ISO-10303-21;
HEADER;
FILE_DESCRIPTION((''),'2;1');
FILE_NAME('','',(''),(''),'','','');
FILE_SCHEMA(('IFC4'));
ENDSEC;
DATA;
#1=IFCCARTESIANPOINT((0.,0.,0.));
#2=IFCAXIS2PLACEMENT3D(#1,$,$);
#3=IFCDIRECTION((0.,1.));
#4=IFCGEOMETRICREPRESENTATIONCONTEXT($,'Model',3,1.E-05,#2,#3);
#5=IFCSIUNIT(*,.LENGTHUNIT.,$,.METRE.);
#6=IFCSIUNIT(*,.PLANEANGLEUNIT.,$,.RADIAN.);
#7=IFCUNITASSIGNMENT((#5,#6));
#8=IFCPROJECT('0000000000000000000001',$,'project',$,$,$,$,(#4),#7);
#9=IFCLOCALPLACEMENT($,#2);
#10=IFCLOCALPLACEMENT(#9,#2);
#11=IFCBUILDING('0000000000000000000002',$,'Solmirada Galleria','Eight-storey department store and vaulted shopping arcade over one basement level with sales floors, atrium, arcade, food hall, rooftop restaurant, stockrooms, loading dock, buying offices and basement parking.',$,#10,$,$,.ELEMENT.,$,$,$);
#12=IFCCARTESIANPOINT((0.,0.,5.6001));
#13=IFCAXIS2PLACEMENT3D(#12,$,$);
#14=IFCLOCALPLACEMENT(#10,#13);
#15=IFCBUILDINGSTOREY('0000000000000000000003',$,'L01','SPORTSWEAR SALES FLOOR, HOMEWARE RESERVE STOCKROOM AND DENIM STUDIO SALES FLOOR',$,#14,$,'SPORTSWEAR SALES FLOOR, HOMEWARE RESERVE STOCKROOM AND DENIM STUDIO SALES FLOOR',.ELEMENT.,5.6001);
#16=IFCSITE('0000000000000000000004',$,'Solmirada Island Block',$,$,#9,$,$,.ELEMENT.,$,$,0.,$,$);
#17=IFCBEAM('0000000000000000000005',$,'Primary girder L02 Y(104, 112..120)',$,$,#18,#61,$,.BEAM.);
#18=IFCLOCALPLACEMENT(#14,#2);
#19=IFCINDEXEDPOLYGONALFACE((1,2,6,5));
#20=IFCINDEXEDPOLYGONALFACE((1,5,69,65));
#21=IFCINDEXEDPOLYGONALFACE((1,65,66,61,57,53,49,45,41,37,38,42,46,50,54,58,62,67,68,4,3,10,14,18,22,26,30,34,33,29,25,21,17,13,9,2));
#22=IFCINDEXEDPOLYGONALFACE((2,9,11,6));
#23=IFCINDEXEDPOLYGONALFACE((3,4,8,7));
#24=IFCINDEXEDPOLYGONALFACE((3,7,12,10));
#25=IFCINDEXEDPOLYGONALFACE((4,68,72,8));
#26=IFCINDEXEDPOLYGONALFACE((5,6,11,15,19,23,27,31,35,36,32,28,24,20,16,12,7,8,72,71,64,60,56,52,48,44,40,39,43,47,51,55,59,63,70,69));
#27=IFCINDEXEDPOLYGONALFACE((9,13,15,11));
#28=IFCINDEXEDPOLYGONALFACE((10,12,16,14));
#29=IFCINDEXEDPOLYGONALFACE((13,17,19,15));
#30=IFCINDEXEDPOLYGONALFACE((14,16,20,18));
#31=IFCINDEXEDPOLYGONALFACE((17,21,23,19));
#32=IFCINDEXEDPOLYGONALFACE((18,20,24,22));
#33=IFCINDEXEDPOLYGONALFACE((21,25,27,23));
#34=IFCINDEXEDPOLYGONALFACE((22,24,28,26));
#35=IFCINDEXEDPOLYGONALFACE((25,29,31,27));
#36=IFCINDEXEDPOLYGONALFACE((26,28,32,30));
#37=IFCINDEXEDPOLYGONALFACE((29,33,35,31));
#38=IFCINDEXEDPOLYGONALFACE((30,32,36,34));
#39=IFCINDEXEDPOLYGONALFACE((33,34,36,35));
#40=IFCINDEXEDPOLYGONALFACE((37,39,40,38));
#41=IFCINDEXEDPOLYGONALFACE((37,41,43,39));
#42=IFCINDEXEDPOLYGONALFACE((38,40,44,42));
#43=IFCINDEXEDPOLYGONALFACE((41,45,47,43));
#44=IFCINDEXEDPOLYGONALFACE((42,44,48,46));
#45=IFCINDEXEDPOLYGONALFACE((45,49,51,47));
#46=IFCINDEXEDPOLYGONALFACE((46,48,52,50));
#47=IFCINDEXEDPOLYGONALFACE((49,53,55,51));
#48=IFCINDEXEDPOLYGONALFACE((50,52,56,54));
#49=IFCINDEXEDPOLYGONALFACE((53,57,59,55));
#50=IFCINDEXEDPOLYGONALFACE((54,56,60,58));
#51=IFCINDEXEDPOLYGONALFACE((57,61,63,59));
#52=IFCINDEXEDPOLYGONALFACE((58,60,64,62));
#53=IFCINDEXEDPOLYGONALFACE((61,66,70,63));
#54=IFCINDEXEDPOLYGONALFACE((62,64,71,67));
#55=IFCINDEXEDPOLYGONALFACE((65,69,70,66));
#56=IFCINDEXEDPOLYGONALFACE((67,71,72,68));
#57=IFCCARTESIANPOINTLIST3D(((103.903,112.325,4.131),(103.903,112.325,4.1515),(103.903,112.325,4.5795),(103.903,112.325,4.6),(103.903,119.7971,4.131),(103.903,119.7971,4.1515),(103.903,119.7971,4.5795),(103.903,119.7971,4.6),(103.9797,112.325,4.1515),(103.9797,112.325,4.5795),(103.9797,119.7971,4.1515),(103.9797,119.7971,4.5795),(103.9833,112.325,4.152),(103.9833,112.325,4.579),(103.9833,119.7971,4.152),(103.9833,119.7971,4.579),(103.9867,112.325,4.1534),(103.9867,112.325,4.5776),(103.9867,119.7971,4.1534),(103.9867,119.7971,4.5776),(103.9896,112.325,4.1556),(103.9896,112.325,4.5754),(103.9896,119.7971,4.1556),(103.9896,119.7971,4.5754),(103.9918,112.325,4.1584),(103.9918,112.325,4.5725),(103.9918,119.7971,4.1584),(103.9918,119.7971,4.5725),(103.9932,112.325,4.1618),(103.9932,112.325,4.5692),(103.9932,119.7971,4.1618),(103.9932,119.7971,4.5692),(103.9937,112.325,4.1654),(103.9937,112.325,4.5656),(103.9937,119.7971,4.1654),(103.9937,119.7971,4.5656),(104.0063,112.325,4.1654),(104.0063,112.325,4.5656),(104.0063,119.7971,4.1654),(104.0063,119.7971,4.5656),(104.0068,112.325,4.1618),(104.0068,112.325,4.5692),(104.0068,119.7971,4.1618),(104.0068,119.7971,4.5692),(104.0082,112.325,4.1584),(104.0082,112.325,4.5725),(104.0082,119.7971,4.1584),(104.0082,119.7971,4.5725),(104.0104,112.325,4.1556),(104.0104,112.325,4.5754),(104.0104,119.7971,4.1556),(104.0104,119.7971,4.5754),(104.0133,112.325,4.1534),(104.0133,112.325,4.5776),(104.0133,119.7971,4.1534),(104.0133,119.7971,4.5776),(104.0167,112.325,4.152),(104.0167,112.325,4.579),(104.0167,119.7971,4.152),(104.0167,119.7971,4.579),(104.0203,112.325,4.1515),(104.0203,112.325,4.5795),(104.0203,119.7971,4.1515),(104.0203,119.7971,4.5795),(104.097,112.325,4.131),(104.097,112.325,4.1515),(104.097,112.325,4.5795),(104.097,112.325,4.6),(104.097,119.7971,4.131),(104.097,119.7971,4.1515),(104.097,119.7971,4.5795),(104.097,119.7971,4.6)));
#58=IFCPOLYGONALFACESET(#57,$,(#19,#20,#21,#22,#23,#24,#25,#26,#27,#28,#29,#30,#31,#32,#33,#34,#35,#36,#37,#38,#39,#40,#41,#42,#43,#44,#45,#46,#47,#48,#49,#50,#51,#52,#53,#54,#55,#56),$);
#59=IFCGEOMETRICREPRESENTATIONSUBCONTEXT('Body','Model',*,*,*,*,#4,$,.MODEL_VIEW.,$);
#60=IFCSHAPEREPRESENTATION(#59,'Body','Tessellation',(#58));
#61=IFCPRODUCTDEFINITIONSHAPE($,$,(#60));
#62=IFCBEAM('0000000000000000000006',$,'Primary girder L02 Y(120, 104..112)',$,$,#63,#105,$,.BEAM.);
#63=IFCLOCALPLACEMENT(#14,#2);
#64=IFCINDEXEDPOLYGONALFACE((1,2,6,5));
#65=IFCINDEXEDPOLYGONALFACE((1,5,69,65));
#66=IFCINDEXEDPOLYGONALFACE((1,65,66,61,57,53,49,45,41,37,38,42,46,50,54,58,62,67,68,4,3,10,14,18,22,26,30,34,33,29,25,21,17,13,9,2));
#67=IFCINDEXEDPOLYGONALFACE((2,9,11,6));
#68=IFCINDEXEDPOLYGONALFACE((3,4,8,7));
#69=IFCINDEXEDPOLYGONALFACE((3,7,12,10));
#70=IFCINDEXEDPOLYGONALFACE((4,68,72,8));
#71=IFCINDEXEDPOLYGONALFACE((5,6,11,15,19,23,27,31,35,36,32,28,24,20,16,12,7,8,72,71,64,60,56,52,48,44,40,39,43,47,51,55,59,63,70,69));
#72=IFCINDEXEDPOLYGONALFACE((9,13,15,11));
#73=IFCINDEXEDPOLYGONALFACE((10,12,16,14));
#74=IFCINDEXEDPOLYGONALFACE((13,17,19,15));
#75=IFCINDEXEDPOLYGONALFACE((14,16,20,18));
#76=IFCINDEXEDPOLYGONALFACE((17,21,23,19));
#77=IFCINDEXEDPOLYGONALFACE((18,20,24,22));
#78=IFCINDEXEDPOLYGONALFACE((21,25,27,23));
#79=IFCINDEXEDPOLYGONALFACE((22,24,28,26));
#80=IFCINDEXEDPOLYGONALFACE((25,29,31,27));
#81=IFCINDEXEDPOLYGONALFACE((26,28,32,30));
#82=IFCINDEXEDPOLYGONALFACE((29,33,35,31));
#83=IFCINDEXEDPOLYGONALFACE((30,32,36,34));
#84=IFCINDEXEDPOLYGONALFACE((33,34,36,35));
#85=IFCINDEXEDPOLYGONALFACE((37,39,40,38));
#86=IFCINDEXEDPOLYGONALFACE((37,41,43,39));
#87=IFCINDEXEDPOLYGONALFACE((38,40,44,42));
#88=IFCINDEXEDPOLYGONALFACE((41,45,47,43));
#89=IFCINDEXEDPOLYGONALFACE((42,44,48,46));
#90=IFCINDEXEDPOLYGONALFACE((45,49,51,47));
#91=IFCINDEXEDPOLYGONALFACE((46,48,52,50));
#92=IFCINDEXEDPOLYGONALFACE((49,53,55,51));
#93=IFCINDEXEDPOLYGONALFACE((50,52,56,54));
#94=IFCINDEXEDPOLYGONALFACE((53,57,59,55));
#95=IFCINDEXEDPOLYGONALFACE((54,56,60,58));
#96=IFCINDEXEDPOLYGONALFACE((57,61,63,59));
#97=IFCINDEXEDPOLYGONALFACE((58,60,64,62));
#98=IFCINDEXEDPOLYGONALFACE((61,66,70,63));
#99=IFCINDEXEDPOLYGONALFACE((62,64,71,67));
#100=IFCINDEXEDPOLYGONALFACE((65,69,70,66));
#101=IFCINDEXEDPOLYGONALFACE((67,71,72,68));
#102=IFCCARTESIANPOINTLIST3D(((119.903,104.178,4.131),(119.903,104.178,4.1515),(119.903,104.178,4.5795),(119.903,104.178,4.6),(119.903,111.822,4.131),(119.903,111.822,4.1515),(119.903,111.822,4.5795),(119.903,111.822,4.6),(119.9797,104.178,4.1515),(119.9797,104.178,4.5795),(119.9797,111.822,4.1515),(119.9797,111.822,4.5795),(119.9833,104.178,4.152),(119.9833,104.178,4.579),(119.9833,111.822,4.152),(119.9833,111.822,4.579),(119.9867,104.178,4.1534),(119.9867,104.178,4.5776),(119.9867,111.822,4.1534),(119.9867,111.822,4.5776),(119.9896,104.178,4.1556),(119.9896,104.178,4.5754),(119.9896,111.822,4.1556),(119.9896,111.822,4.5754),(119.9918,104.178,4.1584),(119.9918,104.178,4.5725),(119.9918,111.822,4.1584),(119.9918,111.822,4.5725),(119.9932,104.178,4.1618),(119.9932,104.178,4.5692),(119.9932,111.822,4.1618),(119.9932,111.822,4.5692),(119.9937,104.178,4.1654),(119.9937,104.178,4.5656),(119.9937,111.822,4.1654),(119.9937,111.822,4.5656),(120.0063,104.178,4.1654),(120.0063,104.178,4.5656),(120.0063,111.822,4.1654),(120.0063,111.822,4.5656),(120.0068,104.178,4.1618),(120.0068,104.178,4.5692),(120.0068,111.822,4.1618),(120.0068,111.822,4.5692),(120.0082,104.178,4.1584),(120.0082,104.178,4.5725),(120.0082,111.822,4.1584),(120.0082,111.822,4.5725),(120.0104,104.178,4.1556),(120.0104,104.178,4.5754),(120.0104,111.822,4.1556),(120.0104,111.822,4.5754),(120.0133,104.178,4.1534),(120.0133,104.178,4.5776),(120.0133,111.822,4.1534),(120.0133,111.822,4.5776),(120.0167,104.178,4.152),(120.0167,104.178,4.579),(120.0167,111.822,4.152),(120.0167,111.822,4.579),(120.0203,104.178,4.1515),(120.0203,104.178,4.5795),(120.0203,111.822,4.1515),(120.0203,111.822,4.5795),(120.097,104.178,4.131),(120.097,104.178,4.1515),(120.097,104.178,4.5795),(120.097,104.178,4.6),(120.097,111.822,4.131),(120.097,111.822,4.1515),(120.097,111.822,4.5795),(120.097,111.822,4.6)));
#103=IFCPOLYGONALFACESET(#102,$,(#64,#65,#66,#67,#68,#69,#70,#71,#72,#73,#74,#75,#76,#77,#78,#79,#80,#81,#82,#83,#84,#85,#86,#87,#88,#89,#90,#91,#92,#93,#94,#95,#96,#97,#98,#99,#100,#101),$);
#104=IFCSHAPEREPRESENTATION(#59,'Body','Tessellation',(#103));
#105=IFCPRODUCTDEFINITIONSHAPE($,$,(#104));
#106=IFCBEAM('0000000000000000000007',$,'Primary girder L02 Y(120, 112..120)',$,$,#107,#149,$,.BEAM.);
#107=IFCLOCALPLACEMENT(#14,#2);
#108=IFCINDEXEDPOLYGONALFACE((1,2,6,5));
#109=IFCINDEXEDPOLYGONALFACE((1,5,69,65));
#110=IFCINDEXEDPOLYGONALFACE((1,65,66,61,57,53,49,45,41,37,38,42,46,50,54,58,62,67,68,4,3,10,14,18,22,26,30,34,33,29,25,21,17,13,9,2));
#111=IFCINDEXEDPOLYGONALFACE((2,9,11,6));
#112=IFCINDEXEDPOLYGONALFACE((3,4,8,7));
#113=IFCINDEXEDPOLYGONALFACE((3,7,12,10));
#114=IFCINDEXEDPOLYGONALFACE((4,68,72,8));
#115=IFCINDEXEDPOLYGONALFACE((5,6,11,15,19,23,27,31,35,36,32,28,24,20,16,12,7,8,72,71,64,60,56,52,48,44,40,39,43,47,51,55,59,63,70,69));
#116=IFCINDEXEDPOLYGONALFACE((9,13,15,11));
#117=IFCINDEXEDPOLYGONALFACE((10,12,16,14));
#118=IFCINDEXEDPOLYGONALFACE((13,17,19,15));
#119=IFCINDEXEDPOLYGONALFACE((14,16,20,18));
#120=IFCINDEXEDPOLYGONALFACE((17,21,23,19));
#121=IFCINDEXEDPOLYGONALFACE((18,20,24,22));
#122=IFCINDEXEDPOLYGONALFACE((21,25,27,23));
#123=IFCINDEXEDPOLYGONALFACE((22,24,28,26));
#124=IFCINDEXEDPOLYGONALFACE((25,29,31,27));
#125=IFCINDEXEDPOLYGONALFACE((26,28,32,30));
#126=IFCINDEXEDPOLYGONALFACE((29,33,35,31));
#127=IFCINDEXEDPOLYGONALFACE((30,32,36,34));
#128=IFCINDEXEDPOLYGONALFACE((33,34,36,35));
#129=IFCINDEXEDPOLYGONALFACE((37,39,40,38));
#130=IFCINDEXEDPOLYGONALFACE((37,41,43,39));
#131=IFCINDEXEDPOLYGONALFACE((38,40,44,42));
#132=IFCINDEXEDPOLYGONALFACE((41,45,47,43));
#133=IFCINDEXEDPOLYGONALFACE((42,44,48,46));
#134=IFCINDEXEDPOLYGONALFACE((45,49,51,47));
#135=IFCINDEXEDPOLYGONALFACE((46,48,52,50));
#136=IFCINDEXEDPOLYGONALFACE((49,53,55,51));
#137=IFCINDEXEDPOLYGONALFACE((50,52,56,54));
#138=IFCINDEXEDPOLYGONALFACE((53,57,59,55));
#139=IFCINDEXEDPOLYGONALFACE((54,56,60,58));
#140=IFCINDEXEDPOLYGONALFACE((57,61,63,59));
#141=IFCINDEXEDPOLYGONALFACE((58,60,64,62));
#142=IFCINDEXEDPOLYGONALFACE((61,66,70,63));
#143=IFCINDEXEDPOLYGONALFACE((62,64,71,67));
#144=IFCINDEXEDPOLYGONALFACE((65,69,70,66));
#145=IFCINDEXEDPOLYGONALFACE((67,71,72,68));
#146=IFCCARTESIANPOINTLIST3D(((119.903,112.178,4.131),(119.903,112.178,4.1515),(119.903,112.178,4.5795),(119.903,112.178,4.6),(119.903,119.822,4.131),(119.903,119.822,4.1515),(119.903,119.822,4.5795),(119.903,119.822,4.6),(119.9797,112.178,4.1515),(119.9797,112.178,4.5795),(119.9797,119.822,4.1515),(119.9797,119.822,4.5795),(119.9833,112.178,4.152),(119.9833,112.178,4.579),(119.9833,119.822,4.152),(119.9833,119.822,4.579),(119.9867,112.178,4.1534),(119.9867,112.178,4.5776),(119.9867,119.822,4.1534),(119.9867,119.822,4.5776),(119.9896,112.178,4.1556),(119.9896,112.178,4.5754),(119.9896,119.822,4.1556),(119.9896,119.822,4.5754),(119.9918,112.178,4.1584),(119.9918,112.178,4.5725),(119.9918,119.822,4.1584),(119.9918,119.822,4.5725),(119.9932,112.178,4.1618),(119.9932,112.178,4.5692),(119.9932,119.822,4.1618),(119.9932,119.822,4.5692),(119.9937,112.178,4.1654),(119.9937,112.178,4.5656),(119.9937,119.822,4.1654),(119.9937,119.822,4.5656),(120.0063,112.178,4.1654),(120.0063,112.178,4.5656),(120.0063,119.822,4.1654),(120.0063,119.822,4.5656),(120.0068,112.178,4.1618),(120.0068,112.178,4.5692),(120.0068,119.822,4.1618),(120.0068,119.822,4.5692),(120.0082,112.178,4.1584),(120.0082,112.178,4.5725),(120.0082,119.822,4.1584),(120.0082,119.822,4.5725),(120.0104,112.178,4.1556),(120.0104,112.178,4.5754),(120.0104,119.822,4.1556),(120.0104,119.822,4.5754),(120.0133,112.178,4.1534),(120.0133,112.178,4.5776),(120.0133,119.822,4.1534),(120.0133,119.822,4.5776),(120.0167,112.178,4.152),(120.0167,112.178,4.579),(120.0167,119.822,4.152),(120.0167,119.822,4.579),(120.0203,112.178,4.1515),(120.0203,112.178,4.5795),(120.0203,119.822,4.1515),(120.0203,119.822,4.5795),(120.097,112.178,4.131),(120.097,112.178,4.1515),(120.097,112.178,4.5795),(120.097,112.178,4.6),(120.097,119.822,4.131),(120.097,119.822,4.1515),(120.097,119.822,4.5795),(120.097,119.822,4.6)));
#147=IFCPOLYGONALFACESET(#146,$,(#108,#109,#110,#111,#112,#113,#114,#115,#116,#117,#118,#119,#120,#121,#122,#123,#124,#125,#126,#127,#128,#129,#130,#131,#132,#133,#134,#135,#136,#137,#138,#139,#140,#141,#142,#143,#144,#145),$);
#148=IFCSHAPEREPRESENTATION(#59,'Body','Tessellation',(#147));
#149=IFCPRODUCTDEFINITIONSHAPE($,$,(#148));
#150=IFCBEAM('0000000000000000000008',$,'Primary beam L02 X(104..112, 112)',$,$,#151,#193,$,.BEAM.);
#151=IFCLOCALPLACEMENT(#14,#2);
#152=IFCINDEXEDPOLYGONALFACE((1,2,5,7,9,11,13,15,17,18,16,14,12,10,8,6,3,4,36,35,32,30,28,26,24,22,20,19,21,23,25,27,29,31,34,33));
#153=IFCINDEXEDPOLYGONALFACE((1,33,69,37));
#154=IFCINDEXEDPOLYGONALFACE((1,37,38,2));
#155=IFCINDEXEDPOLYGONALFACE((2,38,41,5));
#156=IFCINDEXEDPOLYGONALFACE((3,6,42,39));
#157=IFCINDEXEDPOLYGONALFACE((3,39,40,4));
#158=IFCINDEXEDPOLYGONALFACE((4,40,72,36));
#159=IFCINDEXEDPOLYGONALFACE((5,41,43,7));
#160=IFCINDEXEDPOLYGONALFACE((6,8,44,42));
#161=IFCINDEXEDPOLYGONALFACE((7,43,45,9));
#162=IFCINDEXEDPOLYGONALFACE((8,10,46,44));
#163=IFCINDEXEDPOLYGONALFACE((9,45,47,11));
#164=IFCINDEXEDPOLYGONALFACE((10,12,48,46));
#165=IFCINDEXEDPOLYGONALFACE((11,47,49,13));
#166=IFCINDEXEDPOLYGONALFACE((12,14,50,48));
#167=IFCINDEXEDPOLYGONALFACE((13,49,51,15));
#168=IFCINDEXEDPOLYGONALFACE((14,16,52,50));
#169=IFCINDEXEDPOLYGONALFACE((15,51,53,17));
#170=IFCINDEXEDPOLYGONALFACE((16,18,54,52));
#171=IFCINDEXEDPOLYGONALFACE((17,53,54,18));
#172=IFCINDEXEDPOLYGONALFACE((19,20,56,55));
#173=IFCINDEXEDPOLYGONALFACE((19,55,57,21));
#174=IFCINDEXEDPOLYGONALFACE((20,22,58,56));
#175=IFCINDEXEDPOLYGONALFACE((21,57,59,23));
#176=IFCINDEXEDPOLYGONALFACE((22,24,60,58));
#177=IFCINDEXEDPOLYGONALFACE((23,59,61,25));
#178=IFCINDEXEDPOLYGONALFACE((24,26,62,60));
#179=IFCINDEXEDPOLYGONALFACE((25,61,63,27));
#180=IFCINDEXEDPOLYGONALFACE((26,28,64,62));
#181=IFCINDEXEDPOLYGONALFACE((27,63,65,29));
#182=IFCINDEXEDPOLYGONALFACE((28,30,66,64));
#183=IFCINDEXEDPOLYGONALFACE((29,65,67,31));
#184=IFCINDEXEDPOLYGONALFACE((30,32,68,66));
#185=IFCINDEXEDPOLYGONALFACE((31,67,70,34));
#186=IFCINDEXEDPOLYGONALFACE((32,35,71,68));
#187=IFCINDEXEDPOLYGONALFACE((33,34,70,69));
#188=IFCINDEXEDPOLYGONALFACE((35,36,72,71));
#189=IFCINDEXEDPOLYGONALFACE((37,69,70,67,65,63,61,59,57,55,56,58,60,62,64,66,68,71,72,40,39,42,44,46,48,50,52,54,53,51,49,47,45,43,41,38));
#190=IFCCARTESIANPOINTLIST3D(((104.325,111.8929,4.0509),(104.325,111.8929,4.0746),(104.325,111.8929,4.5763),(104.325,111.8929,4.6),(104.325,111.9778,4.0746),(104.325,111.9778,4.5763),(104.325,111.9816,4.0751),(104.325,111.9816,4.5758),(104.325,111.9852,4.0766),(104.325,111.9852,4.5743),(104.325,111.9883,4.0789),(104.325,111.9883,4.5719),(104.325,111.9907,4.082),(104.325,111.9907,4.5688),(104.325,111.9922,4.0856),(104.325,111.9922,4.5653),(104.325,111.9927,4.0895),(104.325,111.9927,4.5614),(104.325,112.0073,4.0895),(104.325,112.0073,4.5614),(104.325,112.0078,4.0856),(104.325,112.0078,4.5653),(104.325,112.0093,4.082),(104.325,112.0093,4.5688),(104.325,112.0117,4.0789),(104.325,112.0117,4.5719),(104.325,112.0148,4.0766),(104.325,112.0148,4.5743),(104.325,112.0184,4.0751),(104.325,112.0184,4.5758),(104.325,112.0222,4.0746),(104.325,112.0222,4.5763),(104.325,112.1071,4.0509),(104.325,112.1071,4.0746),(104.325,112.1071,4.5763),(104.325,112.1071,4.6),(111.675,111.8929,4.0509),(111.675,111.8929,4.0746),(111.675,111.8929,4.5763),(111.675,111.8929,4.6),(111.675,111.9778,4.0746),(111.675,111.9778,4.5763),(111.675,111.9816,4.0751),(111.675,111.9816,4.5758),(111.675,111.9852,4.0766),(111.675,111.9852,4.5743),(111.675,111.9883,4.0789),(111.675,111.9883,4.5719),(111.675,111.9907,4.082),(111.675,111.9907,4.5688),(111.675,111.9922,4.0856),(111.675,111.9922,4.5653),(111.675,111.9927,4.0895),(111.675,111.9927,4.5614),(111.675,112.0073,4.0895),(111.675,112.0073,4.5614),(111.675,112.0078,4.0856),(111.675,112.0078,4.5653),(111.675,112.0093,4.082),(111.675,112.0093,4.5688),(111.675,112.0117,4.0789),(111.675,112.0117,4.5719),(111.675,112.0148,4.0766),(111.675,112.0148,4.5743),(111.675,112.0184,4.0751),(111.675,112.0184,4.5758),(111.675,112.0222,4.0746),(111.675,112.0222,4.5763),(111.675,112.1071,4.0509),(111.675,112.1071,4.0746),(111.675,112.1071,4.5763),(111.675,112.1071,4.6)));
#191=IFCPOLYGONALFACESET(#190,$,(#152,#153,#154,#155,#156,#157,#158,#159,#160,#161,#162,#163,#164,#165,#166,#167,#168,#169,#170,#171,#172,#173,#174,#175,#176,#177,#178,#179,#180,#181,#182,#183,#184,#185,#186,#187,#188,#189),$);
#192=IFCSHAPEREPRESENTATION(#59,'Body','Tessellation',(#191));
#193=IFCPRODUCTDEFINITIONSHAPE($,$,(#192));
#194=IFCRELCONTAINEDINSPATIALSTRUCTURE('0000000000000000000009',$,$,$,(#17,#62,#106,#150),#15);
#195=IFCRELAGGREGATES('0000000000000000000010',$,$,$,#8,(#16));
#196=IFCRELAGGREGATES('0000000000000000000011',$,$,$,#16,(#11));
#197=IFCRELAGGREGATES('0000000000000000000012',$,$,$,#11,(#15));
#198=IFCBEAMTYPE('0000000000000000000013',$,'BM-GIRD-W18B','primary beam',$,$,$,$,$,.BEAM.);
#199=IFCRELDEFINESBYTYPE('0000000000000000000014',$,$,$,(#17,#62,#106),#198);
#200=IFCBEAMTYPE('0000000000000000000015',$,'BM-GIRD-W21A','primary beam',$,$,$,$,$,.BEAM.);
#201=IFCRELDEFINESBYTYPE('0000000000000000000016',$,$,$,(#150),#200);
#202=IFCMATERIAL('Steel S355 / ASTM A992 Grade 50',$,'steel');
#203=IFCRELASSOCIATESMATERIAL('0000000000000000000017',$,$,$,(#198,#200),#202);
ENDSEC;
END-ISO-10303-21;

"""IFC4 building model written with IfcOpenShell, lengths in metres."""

from ifc_helpers import new_model, si_unit, direction, frame, origin, origin_2d, place, context, subcontext, project, spatial, i_section, extrude, material, material_profile, profile_set, type_object, element, save


model = new_model("IFC4")

# Units and contexts
model_context = context("Model", 3, precision=1e-05, world=origin(), true_north=direction((0.0, 1.0)))
body_context = subcontext(model_context, "Body", "Model", "MODEL_VIEW")
ifc_project = project(units=[si_unit("LENGTHUNIT", "METRE"), si_unit("PLANEANGLEUNIT", "RADIAN")], contexts=[model_context])

# Site, building, storey
site_placement = place(None, origin())
site = spatial("IfcSite", under=ifc_project, at=site_placement, Name="Solmirada Island Block", CompositionType="ELEMENT", RefElevation=0.0)
building_placement = place(site_placement, origin())
building = spatial("IfcBuilding", under=site, at=building_placement, Name="Solmirada Galleria", Description="Eight-storey department store and vaulted shopping arcade over one basement level with sales floors, atrium, arcade, food hall, rooftop restaurant, stockrooms, loading dock, buying offices and basement parking.", CompositionType="ELEMENT")
storey_placement = place(building_placement, frame((0.0, 0.0, 5.6001)))
storey = spatial("IfcBuildingStorey", under=building, at=storey_placement, Name="L01", Description="SPORTSWEAR SALES FLOOR, HOMEWARE RESERVE STOCKROOM AND DENIM STUDIO SALES FLOOR", LongName="SPORTSWEAR SALES FLOOR, HOMEWARE RESERVE STOCKROOM AND DENIM STUDIO SALES FLOOR", CompositionType="ELEMENT", Elevation=5.6001)

# Beams
ifc_material_1 = material(Name="Steel S355 / ASTM A992 Grade 50", Category="steel")
ifc_material_profile_1 = material_profile(ifc_material_1, i_section(OverallWidth=0.1941, OverallDepth=0.469, WebThickness=0.0127, FlangeThickness=0.0205, FilletRadius=0.0139, at=origin_2d()), Name="W18X71")
ifc_profile_set_1 = profile_set([ifc_material_profile_1], Name="Steel S355 / ASTM A992 Grade 50")
beam_type_1 = type_object("IfcBeamType", Name="BM-GIRD-W18B", Description="primary beam", PredefinedType="BEAM", material=ifc_profile_set_1)
beam_1_placement = place(storey_placement, frame((104.0, 112.325, 4.3655), z_axis=(0.0, 1.0, 0.0), x_axis=(-1.0, 0.0, 0.0)))
element("IfcBeam", 1, at=beam_1_placement, inside=storey, type_object=beam_type_1, Name="Primary girder L02 Y(104, 112..120)", PredefinedType="BEAM", context=body_context, shape_type="SweptSolid", body=[
    extrude(i_section(OverallWidth=0.1941, OverallDepth=0.469, WebThickness=0.0127, FlangeThickness=0.0205, FilletRadius=0.0139, at=origin_2d()), origin(), (0.0, 0.0, 1.0), 7.4722),
])
for number, where, z_axis, x_axis, name in (
    (2, (120.0, 104.178, 4.3655), (0.0, 1.0, 0.0), (-1.0, 0.0, 0.0), "Primary girder L02 Y(120, 104..112)"),
    (3, (120.0, 112.178, 4.3655), (0.0, 1.0, 0.0), (-1.0, 0.0, 0.0), "Primary girder L02 Y(120, 112..120)"),
):
    element("IfcBeam", number, at=place(storey_placement, frame(where, z_axis=z_axis, x_axis=x_axis)), inside=storey, type_object=beam_type_1, Name=name, PredefinedType="BEAM", context=body_context, shape_type="SweptSolid", body=[
        extrude(i_section(OverallWidth=0.1941, OverallDepth=0.469, WebThickness=0.0127, FlangeThickness=0.0205, FilletRadius=0.0139, at=origin_2d()), origin(), (0.0, 0.0, 1.0), 7.644),
    ])
ifc_material_profile_2 = material_profile(ifc_material_1, i_section(OverallWidth=0.2141, OverallDepth=0.5491, WebThickness=0.0146, FlangeThickness=0.0237, FilletRadius=0.0149, at=origin_2d()), Name="W21X93")
ifc_profile_set_2 = profile_set([ifc_material_profile_2], Name="Steel S355 / ASTM A992 Grade 50")
beam_type_2 = type_object("IfcBeamType", Name="BM-GIRD-W21A", Description="primary beam", PredefinedType="BEAM", material=ifc_profile_set_2)
beam_2_placement = place(storey_placement, frame((104.325, 112.0, 4.3254), z_axis=(1.0, 0.0, 0.0), x_axis=(0.0, 1.0, 0.0)))
element("IfcBeam", 4, at=beam_2_placement, inside=storey, type_object=beam_type_2, Name="Primary beam L02 X(104..112, 112)", PredefinedType="BEAM", context=body_context, shape_type="SweptSolid", body=[
    extrude(i_section(OverallWidth=0.2141, OverallDepth=0.5491, WebThickness=0.0146, FlangeThickness=0.0237, FilletRadius=0.0149, at=origin_2d()), origin(), (0.0, 0.0, 1.0), 7.3501),
])

save(model, "model.ifc")
